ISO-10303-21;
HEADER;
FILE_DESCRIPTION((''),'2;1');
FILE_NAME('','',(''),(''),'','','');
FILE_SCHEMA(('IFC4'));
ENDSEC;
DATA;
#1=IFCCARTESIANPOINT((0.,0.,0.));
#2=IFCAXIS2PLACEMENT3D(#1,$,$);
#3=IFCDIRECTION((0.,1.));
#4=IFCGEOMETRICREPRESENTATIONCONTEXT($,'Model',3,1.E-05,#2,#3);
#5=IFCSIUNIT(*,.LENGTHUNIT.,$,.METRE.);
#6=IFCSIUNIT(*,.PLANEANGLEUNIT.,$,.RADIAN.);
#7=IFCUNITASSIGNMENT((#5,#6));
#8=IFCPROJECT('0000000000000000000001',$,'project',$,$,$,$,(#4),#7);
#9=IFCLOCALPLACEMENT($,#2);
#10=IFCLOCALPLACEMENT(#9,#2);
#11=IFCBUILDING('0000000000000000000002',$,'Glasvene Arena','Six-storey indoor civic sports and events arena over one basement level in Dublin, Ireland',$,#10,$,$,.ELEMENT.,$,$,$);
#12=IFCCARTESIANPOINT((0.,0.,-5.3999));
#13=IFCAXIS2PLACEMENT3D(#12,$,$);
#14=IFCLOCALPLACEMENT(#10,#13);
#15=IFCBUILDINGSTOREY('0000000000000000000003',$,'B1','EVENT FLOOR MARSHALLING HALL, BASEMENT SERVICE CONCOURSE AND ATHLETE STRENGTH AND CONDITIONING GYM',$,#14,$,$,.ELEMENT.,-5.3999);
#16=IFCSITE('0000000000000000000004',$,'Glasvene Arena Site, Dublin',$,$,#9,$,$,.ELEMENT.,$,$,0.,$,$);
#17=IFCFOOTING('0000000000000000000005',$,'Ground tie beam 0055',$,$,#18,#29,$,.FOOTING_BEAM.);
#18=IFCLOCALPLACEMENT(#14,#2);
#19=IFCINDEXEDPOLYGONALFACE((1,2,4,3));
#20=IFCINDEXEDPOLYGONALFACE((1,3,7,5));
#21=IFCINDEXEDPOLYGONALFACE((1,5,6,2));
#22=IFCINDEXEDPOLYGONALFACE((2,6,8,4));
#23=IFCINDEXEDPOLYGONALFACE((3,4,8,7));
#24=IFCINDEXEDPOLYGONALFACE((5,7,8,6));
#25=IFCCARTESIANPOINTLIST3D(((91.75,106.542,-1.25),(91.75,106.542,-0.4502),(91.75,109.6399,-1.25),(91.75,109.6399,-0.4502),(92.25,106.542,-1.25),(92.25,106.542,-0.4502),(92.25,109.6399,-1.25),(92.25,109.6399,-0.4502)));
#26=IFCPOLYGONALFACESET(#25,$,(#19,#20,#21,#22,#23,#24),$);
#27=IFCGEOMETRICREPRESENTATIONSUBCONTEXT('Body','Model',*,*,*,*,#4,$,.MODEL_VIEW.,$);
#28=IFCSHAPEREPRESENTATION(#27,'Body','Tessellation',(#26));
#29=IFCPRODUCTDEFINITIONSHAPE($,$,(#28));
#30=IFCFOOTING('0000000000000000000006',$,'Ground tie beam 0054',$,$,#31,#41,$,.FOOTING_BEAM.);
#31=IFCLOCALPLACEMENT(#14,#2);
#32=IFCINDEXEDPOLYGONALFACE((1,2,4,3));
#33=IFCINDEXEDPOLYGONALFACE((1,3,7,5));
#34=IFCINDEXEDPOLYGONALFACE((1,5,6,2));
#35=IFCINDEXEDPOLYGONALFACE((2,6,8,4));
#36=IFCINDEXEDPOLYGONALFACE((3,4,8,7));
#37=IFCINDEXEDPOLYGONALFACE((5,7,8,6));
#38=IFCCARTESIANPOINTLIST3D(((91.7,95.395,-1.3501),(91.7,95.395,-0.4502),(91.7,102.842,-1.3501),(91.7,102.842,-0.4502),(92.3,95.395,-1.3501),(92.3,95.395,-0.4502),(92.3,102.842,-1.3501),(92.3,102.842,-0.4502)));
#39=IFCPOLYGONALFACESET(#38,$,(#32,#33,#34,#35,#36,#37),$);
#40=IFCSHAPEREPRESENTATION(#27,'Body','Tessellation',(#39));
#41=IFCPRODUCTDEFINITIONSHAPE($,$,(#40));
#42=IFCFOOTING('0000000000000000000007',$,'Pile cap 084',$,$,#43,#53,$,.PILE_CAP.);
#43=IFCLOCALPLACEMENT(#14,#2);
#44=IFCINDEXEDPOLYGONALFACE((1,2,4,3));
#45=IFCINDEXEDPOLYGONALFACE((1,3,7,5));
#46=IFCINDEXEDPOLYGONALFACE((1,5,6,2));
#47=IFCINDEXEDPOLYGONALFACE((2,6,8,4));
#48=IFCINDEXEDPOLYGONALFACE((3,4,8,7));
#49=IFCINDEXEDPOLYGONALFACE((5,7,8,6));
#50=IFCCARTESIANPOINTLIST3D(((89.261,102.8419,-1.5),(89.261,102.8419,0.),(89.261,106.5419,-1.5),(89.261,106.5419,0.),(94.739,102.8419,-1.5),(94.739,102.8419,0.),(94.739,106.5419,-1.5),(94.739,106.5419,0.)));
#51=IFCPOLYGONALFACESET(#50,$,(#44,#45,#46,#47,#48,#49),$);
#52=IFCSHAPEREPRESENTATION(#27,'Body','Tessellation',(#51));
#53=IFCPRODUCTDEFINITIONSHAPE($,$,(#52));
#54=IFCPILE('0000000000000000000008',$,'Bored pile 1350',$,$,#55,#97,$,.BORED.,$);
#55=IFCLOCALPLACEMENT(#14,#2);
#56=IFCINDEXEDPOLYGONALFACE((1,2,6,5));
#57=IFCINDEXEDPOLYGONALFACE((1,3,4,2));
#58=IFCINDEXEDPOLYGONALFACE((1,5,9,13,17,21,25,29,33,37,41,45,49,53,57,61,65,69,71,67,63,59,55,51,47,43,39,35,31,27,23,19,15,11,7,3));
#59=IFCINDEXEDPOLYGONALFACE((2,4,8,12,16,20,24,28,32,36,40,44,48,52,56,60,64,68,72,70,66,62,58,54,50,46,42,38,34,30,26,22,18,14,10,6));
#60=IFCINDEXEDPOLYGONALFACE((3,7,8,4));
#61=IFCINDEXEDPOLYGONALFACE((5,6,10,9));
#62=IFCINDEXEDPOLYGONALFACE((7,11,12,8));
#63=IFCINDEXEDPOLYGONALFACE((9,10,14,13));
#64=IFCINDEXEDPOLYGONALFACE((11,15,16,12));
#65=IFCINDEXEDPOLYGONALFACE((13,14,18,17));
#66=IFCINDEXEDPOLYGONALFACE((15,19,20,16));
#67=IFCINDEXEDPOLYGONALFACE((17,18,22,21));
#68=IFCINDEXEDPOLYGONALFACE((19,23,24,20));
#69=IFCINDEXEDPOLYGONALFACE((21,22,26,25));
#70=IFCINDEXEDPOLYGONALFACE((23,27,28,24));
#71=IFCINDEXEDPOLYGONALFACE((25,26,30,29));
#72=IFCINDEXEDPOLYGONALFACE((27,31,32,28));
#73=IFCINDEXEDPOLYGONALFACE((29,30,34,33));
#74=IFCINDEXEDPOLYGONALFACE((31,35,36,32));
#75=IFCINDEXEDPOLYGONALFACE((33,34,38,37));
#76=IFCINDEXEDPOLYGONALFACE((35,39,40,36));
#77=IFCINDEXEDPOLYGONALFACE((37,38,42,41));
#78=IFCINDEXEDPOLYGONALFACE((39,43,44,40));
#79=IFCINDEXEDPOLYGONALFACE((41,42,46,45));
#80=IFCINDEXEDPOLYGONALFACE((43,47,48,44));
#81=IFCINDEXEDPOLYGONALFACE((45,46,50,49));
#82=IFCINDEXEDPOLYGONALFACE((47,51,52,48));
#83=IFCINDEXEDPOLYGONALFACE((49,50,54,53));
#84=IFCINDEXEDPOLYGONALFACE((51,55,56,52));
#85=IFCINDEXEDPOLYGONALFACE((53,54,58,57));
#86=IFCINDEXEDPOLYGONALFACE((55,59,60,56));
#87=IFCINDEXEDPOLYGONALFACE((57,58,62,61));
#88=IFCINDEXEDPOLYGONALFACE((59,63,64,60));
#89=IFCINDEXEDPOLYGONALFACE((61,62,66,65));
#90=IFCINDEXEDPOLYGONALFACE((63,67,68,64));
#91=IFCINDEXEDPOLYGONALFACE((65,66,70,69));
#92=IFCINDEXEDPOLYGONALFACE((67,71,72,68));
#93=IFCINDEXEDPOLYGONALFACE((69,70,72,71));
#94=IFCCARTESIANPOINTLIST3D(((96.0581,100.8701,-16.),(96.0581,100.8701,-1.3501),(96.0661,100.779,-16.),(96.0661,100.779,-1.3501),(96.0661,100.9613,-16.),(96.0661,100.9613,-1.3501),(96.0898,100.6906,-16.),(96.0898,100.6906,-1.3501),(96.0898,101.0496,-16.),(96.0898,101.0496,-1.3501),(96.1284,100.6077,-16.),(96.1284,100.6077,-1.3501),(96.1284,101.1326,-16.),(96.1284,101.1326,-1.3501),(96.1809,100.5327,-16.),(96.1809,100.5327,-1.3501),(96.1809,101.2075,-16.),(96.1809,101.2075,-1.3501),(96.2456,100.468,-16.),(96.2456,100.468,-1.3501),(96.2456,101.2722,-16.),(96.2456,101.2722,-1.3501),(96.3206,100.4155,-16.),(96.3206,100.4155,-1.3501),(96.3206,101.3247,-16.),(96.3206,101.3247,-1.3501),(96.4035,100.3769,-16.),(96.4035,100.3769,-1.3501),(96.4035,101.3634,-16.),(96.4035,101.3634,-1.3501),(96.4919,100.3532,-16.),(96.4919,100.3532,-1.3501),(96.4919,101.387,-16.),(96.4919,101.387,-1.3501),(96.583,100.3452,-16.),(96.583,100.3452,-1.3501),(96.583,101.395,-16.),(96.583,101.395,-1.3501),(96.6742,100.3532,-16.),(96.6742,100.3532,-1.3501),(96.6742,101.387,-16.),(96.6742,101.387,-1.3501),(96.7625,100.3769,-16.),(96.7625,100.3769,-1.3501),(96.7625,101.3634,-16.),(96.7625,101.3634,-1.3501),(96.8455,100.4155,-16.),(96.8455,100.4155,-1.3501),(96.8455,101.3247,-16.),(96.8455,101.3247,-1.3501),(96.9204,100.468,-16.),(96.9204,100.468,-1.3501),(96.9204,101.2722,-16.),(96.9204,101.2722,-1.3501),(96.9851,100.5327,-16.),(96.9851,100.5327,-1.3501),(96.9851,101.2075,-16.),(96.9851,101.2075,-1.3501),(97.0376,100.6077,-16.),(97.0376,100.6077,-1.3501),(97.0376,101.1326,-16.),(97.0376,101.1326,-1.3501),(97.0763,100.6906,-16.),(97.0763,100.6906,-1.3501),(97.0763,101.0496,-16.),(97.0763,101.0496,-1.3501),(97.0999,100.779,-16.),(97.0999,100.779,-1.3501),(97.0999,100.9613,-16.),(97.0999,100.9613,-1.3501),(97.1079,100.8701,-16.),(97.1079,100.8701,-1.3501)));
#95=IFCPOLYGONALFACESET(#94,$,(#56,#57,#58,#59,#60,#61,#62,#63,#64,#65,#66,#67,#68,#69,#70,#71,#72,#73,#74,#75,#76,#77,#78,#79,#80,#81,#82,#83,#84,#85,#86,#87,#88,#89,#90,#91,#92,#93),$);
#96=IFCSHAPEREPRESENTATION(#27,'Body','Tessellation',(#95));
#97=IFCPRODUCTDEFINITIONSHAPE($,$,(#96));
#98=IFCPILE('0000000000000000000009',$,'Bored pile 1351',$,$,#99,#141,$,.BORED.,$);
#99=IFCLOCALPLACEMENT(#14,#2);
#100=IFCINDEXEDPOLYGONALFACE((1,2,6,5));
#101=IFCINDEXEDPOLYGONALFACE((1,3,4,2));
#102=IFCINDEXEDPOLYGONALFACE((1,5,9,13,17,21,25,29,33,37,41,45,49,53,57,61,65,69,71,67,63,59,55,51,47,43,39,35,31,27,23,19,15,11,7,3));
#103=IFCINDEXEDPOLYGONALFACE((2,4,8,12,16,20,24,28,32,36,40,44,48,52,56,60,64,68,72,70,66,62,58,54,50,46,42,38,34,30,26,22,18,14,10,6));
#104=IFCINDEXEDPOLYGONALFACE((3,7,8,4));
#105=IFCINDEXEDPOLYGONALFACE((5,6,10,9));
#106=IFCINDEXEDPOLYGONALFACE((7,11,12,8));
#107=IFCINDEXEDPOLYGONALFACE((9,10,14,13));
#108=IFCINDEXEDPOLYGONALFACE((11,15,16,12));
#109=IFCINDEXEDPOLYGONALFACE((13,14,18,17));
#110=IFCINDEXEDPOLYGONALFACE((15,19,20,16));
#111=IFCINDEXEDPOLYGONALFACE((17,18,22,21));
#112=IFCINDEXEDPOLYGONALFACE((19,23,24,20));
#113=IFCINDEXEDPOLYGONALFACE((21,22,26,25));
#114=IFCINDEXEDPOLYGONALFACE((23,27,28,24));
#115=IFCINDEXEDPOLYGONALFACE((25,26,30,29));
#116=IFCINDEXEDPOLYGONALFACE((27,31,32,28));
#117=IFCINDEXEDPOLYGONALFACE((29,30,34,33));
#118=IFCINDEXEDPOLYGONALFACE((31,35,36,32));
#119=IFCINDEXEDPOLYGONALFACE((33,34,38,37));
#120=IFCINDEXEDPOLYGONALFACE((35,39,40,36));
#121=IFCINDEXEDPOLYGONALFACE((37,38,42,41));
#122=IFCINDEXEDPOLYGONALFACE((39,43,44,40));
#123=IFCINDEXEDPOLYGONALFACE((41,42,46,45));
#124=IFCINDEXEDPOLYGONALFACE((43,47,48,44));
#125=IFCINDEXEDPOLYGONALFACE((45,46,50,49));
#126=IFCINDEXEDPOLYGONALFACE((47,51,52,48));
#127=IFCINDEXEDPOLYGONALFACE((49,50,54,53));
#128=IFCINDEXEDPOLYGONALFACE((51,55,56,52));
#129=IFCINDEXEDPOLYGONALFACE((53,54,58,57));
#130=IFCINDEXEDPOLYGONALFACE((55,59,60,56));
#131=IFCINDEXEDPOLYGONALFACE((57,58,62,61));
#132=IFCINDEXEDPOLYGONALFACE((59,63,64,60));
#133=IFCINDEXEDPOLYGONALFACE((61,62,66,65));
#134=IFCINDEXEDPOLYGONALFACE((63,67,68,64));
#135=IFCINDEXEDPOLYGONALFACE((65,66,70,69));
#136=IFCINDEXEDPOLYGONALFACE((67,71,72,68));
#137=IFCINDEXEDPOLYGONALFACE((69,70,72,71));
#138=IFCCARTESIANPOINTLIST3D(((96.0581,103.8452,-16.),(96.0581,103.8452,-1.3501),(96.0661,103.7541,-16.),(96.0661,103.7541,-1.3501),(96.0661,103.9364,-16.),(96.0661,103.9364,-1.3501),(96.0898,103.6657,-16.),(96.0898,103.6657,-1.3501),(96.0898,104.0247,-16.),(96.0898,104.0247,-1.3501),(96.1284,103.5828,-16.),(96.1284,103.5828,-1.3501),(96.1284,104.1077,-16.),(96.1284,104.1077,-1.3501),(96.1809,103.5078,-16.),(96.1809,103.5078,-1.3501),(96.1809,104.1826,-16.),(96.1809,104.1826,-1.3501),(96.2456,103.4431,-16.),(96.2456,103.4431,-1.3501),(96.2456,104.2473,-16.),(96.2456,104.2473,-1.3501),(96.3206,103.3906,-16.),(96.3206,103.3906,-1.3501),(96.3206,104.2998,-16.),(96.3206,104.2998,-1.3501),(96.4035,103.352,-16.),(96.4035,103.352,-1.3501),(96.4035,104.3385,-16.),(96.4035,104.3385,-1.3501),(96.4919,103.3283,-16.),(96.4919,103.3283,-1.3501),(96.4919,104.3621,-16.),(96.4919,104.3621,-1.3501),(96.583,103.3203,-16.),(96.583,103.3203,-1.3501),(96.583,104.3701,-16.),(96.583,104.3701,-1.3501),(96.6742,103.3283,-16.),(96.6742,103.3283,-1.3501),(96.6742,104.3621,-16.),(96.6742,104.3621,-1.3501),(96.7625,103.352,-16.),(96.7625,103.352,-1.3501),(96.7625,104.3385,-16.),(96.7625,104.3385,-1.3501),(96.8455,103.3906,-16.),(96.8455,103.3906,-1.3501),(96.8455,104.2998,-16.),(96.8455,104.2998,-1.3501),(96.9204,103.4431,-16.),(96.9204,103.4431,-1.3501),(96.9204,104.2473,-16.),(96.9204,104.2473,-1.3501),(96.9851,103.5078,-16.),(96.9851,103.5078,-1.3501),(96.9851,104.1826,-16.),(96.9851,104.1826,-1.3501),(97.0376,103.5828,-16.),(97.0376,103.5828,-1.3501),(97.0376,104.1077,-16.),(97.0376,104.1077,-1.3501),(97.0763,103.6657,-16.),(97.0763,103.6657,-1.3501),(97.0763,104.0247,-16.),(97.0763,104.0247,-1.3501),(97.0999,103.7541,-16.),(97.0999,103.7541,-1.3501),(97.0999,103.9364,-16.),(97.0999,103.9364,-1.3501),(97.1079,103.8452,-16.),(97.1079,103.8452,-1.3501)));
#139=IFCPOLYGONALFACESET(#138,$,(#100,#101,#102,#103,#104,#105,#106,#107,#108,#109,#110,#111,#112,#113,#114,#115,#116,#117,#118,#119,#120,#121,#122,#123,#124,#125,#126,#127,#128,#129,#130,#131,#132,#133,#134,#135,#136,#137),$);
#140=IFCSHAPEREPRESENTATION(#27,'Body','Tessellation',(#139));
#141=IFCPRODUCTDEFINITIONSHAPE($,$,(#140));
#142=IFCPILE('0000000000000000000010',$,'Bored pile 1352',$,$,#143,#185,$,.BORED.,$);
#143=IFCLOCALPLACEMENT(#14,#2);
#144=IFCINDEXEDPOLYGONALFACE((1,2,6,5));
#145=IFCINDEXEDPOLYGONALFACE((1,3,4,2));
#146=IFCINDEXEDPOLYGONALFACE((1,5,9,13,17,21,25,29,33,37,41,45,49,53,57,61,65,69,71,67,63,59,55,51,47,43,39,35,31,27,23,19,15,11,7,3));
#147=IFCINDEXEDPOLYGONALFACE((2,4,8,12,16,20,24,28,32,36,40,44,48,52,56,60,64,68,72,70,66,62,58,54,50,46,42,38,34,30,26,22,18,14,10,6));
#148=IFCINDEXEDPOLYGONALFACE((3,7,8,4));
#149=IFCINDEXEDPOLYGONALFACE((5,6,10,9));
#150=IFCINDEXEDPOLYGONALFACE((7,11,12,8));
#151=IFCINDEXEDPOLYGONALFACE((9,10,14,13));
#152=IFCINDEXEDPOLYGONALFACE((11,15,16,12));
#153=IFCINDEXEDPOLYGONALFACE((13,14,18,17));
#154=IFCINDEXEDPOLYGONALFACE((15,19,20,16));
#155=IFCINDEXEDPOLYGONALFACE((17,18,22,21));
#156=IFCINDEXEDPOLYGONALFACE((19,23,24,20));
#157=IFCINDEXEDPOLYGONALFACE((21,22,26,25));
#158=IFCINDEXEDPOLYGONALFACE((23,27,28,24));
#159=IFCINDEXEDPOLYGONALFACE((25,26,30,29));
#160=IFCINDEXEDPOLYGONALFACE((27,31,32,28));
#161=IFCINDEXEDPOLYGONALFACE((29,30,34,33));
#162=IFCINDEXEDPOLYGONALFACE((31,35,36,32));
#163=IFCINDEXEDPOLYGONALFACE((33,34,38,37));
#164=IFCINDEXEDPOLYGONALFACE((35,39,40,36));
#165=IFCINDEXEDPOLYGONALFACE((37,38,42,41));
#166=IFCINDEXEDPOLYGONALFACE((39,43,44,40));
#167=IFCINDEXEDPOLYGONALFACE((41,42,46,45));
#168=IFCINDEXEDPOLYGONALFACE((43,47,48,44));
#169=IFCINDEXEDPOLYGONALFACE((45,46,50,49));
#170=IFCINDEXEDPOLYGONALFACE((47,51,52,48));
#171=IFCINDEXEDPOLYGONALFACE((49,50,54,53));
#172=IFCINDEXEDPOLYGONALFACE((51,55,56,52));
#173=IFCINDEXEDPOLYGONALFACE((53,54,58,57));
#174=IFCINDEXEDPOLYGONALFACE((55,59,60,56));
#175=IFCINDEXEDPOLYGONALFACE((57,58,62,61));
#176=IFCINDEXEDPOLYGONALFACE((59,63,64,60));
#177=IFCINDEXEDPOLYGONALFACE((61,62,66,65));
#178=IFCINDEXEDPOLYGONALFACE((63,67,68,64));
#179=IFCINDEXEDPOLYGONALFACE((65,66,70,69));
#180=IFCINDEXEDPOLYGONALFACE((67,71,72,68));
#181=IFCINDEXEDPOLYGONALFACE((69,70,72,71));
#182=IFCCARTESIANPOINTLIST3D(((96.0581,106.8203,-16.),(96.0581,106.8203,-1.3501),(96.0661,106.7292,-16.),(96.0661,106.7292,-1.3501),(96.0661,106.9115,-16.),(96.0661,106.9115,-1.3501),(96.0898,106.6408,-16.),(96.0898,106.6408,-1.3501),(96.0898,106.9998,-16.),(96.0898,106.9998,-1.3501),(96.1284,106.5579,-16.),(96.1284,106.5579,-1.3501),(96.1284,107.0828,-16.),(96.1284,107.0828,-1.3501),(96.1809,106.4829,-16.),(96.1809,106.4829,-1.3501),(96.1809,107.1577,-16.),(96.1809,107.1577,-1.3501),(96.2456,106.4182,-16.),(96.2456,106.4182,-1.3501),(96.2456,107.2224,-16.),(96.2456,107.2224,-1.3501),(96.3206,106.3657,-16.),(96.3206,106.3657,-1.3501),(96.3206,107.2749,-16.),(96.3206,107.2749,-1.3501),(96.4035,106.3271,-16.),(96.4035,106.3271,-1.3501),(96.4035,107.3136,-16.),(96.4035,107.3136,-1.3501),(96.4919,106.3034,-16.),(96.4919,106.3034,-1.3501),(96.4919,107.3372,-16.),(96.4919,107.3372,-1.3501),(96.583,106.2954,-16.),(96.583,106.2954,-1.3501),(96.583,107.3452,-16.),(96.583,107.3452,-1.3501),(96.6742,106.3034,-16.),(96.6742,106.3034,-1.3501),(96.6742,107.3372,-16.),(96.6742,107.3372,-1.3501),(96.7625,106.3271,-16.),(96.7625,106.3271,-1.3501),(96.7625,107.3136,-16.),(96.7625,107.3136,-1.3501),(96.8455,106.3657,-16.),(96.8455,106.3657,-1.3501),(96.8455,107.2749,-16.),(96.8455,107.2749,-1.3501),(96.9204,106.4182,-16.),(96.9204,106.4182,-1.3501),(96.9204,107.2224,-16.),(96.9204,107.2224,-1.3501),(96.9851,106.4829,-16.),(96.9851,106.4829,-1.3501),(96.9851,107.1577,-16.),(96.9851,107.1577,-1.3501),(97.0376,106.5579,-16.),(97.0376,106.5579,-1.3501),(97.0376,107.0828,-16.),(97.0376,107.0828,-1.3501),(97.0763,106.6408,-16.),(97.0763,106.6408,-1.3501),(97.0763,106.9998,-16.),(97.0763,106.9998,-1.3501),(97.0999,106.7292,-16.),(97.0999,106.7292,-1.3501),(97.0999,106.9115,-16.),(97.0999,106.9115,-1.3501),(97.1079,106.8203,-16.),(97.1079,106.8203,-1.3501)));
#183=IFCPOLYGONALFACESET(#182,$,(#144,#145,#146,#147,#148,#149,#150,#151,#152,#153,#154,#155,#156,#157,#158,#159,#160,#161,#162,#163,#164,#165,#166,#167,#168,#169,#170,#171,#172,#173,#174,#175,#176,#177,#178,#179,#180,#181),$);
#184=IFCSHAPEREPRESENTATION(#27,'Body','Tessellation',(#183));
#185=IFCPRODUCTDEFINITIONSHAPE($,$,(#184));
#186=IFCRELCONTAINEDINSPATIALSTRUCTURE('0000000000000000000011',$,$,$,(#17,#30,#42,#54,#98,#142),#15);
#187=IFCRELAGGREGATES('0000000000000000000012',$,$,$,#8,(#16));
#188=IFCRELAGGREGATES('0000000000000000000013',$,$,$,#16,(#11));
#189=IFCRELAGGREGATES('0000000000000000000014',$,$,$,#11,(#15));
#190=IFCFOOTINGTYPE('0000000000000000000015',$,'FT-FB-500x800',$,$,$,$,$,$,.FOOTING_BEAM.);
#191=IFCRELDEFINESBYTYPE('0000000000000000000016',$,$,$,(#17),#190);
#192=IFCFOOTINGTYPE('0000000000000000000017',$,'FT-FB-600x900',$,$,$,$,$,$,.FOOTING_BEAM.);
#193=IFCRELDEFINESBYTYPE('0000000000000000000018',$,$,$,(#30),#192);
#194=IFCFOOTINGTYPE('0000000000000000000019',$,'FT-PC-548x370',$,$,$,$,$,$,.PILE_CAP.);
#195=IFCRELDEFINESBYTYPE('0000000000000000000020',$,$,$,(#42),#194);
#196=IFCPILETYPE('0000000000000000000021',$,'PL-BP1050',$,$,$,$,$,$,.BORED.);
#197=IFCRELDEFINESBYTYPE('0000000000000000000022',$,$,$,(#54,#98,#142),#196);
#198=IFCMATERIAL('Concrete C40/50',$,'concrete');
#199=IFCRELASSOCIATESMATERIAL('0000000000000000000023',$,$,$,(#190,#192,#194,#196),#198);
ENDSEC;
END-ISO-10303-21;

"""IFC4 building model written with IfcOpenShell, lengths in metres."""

from ifc_helpers import new_model, si_unit, direction, frame, origin, origin_2d, place, context, subcontext, project, spatial, polyline, rectangle, circle, outline, extrude, material, material_profile, profile_set, type_object, element, save


model = new_model("IFC4")

# Units and contexts
model_context = context("Model", 3, precision=1e-05, world=origin(), true_north=direction((0.0, 1.0)))
body_context = subcontext(model_context, "Body", "Model", "MODEL_VIEW")
ifc_project = project(units=[si_unit("LENGTHUNIT", "METRE"), si_unit("PLANEANGLEUNIT", "RADIAN")], contexts=[model_context])

# Site, building, storey
site_placement = place(None, origin())
site = spatial("IfcSite", under=ifc_project, at=site_placement, Name="Glasvene Arena Site, Dublin", CompositionType="ELEMENT", RefElevation=0.0)
building_placement = place(site_placement, origin())
building = spatial("IfcBuilding", under=site, at=building_placement, Name="Glasvene Arena", Description="Six-storey indoor civic sports and events arena over one basement level in Dublin, Ireland", CompositionType="ELEMENT")
storey_placement = place(building_placement, frame((0.0, 0.0, -5.3999)))
storey = spatial("IfcBuildingStorey", under=building, at=storey_placement, Name="B1", Description="EVENT FLOOR MARSHALLING HALL, BASEMENT SERVICE CONCOURSE AND ATHLETE STRENGTH AND CONDITIONING GYM", CompositionType="ELEMENT", Elevation=-5.3999)

# Footings
ifc_material_1 = material(Name="Concrete C40/50", Category="concrete")
footing_type_1 = type_object("IfcFootingType", Name="FT-FB-500x800", PredefinedType="FOOTING_BEAM", material=ifc_material_1)
footing_1_placement = place(storey_placement, frame((92.0, 108.0911, -1.25)))
element("IfcFooting", 1, at=footing_1_placement, inside=storey, type_object=footing_type_1, Name="Ground tie beam 0055", PredefinedType="FOOTING_BEAM", context=body_context, shape_type="SweptSolid", body=[
    extrude(outline(polyline([(-0.25, -1.5491), (0.25, -1.5491), (0.25, 1.5488), (-0.25, 1.5488), (-0.25, -1.5491)])), origin(), (0.0, 0.0, 1.0), 0.7998),
])
footing_type_2 = type_object("IfcFootingType", Name="FT-FB-600x900", PredefinedType="FOOTING_BEAM", material=ifc_material_1)
footing_2_placement = place(storey_placement, frame((92.0, 99.1184, -1.3501)))
element("IfcFooting", 2, at=footing_2_placement, inside=storey, type_object=footing_type_2, Name="Ground tie beam 0054", PredefinedType="FOOTING_BEAM", context=body_context, shape_type="SweptSolid", body=[
    extrude(outline(polyline([(-0.3, -3.7234), (0.3, -3.7234), (0.3, 3.7236), (-0.3, 3.7236), (-0.3, -3.7234)])), origin(), (0.0, 0.0, 1.0), 0.8999),
])
footing_type_3 = type_object("IfcFootingType", Name="FT-PC-548x370", PredefinedType="PILE_CAP", material=ifc_material_1)
footing_3_placement = place(storey_placement, frame((92.0, 104.6919, -1.5), z_axis=(0.0, 0.0, 1.0), x_axis=(1.0, 0.0, 0.0)))
element("IfcFooting", 3, at=footing_3_placement, inside=storey, type_object=footing_type_3, Name="Pile cap 084", PredefinedType="PILE_CAP", context=body_context, shape_type="SweptSolid", body=[
    extrude(rectangle(XDim=5.478, YDim=3.7, at=origin_2d()), origin(), (0.0, 0.0, 1.0), 1.5),
])

# Piles
ifc_material_profile_1 = material_profile(ifc_material_1, circle(Radius=0.5249, at=origin_2d()), Name="BORED PILE 1050")
ifc_profile_set_1 = profile_set([ifc_material_profile_1], Name="Concrete C40/50")
pile_type_1 = type_object("IfcPileType", Name="PL-BP1050", PredefinedType="BORED", material=ifc_profile_set_1)
for number, where, z_axis, x_axis, name in (
    (4, (96.583, 100.8701, -1.3501), (0.0, 0.0, -1.0), (1.0, 0.0, 0.0), "Bored pile 1350"),
    (5, (96.583, 103.8452, -1.3501), (0.0, 0.0, -1.0), (1.0, 0.0, 0.0), "Bored pile 1351"),
    (6, (96.583, 106.8203, -1.3501), (0.0, 0.0, -1.0), (1.0, 0.0, 0.0), "Bored pile 1352"),
):
    element("IfcPile", number, at=place(storey_placement, frame(where, z_axis=z_axis, x_axis=x_axis)), inside=storey, type_object=pile_type_1, Name=name, PredefinedType="BORED", context=body_context, shape_type="SweptSolid", body=[
        extrude(circle(Radius=0.5249, at=origin_2d()), origin(), (0.0, 0.0, 1.0), 14.6499),
    ])

save(model, "model.ifc")
